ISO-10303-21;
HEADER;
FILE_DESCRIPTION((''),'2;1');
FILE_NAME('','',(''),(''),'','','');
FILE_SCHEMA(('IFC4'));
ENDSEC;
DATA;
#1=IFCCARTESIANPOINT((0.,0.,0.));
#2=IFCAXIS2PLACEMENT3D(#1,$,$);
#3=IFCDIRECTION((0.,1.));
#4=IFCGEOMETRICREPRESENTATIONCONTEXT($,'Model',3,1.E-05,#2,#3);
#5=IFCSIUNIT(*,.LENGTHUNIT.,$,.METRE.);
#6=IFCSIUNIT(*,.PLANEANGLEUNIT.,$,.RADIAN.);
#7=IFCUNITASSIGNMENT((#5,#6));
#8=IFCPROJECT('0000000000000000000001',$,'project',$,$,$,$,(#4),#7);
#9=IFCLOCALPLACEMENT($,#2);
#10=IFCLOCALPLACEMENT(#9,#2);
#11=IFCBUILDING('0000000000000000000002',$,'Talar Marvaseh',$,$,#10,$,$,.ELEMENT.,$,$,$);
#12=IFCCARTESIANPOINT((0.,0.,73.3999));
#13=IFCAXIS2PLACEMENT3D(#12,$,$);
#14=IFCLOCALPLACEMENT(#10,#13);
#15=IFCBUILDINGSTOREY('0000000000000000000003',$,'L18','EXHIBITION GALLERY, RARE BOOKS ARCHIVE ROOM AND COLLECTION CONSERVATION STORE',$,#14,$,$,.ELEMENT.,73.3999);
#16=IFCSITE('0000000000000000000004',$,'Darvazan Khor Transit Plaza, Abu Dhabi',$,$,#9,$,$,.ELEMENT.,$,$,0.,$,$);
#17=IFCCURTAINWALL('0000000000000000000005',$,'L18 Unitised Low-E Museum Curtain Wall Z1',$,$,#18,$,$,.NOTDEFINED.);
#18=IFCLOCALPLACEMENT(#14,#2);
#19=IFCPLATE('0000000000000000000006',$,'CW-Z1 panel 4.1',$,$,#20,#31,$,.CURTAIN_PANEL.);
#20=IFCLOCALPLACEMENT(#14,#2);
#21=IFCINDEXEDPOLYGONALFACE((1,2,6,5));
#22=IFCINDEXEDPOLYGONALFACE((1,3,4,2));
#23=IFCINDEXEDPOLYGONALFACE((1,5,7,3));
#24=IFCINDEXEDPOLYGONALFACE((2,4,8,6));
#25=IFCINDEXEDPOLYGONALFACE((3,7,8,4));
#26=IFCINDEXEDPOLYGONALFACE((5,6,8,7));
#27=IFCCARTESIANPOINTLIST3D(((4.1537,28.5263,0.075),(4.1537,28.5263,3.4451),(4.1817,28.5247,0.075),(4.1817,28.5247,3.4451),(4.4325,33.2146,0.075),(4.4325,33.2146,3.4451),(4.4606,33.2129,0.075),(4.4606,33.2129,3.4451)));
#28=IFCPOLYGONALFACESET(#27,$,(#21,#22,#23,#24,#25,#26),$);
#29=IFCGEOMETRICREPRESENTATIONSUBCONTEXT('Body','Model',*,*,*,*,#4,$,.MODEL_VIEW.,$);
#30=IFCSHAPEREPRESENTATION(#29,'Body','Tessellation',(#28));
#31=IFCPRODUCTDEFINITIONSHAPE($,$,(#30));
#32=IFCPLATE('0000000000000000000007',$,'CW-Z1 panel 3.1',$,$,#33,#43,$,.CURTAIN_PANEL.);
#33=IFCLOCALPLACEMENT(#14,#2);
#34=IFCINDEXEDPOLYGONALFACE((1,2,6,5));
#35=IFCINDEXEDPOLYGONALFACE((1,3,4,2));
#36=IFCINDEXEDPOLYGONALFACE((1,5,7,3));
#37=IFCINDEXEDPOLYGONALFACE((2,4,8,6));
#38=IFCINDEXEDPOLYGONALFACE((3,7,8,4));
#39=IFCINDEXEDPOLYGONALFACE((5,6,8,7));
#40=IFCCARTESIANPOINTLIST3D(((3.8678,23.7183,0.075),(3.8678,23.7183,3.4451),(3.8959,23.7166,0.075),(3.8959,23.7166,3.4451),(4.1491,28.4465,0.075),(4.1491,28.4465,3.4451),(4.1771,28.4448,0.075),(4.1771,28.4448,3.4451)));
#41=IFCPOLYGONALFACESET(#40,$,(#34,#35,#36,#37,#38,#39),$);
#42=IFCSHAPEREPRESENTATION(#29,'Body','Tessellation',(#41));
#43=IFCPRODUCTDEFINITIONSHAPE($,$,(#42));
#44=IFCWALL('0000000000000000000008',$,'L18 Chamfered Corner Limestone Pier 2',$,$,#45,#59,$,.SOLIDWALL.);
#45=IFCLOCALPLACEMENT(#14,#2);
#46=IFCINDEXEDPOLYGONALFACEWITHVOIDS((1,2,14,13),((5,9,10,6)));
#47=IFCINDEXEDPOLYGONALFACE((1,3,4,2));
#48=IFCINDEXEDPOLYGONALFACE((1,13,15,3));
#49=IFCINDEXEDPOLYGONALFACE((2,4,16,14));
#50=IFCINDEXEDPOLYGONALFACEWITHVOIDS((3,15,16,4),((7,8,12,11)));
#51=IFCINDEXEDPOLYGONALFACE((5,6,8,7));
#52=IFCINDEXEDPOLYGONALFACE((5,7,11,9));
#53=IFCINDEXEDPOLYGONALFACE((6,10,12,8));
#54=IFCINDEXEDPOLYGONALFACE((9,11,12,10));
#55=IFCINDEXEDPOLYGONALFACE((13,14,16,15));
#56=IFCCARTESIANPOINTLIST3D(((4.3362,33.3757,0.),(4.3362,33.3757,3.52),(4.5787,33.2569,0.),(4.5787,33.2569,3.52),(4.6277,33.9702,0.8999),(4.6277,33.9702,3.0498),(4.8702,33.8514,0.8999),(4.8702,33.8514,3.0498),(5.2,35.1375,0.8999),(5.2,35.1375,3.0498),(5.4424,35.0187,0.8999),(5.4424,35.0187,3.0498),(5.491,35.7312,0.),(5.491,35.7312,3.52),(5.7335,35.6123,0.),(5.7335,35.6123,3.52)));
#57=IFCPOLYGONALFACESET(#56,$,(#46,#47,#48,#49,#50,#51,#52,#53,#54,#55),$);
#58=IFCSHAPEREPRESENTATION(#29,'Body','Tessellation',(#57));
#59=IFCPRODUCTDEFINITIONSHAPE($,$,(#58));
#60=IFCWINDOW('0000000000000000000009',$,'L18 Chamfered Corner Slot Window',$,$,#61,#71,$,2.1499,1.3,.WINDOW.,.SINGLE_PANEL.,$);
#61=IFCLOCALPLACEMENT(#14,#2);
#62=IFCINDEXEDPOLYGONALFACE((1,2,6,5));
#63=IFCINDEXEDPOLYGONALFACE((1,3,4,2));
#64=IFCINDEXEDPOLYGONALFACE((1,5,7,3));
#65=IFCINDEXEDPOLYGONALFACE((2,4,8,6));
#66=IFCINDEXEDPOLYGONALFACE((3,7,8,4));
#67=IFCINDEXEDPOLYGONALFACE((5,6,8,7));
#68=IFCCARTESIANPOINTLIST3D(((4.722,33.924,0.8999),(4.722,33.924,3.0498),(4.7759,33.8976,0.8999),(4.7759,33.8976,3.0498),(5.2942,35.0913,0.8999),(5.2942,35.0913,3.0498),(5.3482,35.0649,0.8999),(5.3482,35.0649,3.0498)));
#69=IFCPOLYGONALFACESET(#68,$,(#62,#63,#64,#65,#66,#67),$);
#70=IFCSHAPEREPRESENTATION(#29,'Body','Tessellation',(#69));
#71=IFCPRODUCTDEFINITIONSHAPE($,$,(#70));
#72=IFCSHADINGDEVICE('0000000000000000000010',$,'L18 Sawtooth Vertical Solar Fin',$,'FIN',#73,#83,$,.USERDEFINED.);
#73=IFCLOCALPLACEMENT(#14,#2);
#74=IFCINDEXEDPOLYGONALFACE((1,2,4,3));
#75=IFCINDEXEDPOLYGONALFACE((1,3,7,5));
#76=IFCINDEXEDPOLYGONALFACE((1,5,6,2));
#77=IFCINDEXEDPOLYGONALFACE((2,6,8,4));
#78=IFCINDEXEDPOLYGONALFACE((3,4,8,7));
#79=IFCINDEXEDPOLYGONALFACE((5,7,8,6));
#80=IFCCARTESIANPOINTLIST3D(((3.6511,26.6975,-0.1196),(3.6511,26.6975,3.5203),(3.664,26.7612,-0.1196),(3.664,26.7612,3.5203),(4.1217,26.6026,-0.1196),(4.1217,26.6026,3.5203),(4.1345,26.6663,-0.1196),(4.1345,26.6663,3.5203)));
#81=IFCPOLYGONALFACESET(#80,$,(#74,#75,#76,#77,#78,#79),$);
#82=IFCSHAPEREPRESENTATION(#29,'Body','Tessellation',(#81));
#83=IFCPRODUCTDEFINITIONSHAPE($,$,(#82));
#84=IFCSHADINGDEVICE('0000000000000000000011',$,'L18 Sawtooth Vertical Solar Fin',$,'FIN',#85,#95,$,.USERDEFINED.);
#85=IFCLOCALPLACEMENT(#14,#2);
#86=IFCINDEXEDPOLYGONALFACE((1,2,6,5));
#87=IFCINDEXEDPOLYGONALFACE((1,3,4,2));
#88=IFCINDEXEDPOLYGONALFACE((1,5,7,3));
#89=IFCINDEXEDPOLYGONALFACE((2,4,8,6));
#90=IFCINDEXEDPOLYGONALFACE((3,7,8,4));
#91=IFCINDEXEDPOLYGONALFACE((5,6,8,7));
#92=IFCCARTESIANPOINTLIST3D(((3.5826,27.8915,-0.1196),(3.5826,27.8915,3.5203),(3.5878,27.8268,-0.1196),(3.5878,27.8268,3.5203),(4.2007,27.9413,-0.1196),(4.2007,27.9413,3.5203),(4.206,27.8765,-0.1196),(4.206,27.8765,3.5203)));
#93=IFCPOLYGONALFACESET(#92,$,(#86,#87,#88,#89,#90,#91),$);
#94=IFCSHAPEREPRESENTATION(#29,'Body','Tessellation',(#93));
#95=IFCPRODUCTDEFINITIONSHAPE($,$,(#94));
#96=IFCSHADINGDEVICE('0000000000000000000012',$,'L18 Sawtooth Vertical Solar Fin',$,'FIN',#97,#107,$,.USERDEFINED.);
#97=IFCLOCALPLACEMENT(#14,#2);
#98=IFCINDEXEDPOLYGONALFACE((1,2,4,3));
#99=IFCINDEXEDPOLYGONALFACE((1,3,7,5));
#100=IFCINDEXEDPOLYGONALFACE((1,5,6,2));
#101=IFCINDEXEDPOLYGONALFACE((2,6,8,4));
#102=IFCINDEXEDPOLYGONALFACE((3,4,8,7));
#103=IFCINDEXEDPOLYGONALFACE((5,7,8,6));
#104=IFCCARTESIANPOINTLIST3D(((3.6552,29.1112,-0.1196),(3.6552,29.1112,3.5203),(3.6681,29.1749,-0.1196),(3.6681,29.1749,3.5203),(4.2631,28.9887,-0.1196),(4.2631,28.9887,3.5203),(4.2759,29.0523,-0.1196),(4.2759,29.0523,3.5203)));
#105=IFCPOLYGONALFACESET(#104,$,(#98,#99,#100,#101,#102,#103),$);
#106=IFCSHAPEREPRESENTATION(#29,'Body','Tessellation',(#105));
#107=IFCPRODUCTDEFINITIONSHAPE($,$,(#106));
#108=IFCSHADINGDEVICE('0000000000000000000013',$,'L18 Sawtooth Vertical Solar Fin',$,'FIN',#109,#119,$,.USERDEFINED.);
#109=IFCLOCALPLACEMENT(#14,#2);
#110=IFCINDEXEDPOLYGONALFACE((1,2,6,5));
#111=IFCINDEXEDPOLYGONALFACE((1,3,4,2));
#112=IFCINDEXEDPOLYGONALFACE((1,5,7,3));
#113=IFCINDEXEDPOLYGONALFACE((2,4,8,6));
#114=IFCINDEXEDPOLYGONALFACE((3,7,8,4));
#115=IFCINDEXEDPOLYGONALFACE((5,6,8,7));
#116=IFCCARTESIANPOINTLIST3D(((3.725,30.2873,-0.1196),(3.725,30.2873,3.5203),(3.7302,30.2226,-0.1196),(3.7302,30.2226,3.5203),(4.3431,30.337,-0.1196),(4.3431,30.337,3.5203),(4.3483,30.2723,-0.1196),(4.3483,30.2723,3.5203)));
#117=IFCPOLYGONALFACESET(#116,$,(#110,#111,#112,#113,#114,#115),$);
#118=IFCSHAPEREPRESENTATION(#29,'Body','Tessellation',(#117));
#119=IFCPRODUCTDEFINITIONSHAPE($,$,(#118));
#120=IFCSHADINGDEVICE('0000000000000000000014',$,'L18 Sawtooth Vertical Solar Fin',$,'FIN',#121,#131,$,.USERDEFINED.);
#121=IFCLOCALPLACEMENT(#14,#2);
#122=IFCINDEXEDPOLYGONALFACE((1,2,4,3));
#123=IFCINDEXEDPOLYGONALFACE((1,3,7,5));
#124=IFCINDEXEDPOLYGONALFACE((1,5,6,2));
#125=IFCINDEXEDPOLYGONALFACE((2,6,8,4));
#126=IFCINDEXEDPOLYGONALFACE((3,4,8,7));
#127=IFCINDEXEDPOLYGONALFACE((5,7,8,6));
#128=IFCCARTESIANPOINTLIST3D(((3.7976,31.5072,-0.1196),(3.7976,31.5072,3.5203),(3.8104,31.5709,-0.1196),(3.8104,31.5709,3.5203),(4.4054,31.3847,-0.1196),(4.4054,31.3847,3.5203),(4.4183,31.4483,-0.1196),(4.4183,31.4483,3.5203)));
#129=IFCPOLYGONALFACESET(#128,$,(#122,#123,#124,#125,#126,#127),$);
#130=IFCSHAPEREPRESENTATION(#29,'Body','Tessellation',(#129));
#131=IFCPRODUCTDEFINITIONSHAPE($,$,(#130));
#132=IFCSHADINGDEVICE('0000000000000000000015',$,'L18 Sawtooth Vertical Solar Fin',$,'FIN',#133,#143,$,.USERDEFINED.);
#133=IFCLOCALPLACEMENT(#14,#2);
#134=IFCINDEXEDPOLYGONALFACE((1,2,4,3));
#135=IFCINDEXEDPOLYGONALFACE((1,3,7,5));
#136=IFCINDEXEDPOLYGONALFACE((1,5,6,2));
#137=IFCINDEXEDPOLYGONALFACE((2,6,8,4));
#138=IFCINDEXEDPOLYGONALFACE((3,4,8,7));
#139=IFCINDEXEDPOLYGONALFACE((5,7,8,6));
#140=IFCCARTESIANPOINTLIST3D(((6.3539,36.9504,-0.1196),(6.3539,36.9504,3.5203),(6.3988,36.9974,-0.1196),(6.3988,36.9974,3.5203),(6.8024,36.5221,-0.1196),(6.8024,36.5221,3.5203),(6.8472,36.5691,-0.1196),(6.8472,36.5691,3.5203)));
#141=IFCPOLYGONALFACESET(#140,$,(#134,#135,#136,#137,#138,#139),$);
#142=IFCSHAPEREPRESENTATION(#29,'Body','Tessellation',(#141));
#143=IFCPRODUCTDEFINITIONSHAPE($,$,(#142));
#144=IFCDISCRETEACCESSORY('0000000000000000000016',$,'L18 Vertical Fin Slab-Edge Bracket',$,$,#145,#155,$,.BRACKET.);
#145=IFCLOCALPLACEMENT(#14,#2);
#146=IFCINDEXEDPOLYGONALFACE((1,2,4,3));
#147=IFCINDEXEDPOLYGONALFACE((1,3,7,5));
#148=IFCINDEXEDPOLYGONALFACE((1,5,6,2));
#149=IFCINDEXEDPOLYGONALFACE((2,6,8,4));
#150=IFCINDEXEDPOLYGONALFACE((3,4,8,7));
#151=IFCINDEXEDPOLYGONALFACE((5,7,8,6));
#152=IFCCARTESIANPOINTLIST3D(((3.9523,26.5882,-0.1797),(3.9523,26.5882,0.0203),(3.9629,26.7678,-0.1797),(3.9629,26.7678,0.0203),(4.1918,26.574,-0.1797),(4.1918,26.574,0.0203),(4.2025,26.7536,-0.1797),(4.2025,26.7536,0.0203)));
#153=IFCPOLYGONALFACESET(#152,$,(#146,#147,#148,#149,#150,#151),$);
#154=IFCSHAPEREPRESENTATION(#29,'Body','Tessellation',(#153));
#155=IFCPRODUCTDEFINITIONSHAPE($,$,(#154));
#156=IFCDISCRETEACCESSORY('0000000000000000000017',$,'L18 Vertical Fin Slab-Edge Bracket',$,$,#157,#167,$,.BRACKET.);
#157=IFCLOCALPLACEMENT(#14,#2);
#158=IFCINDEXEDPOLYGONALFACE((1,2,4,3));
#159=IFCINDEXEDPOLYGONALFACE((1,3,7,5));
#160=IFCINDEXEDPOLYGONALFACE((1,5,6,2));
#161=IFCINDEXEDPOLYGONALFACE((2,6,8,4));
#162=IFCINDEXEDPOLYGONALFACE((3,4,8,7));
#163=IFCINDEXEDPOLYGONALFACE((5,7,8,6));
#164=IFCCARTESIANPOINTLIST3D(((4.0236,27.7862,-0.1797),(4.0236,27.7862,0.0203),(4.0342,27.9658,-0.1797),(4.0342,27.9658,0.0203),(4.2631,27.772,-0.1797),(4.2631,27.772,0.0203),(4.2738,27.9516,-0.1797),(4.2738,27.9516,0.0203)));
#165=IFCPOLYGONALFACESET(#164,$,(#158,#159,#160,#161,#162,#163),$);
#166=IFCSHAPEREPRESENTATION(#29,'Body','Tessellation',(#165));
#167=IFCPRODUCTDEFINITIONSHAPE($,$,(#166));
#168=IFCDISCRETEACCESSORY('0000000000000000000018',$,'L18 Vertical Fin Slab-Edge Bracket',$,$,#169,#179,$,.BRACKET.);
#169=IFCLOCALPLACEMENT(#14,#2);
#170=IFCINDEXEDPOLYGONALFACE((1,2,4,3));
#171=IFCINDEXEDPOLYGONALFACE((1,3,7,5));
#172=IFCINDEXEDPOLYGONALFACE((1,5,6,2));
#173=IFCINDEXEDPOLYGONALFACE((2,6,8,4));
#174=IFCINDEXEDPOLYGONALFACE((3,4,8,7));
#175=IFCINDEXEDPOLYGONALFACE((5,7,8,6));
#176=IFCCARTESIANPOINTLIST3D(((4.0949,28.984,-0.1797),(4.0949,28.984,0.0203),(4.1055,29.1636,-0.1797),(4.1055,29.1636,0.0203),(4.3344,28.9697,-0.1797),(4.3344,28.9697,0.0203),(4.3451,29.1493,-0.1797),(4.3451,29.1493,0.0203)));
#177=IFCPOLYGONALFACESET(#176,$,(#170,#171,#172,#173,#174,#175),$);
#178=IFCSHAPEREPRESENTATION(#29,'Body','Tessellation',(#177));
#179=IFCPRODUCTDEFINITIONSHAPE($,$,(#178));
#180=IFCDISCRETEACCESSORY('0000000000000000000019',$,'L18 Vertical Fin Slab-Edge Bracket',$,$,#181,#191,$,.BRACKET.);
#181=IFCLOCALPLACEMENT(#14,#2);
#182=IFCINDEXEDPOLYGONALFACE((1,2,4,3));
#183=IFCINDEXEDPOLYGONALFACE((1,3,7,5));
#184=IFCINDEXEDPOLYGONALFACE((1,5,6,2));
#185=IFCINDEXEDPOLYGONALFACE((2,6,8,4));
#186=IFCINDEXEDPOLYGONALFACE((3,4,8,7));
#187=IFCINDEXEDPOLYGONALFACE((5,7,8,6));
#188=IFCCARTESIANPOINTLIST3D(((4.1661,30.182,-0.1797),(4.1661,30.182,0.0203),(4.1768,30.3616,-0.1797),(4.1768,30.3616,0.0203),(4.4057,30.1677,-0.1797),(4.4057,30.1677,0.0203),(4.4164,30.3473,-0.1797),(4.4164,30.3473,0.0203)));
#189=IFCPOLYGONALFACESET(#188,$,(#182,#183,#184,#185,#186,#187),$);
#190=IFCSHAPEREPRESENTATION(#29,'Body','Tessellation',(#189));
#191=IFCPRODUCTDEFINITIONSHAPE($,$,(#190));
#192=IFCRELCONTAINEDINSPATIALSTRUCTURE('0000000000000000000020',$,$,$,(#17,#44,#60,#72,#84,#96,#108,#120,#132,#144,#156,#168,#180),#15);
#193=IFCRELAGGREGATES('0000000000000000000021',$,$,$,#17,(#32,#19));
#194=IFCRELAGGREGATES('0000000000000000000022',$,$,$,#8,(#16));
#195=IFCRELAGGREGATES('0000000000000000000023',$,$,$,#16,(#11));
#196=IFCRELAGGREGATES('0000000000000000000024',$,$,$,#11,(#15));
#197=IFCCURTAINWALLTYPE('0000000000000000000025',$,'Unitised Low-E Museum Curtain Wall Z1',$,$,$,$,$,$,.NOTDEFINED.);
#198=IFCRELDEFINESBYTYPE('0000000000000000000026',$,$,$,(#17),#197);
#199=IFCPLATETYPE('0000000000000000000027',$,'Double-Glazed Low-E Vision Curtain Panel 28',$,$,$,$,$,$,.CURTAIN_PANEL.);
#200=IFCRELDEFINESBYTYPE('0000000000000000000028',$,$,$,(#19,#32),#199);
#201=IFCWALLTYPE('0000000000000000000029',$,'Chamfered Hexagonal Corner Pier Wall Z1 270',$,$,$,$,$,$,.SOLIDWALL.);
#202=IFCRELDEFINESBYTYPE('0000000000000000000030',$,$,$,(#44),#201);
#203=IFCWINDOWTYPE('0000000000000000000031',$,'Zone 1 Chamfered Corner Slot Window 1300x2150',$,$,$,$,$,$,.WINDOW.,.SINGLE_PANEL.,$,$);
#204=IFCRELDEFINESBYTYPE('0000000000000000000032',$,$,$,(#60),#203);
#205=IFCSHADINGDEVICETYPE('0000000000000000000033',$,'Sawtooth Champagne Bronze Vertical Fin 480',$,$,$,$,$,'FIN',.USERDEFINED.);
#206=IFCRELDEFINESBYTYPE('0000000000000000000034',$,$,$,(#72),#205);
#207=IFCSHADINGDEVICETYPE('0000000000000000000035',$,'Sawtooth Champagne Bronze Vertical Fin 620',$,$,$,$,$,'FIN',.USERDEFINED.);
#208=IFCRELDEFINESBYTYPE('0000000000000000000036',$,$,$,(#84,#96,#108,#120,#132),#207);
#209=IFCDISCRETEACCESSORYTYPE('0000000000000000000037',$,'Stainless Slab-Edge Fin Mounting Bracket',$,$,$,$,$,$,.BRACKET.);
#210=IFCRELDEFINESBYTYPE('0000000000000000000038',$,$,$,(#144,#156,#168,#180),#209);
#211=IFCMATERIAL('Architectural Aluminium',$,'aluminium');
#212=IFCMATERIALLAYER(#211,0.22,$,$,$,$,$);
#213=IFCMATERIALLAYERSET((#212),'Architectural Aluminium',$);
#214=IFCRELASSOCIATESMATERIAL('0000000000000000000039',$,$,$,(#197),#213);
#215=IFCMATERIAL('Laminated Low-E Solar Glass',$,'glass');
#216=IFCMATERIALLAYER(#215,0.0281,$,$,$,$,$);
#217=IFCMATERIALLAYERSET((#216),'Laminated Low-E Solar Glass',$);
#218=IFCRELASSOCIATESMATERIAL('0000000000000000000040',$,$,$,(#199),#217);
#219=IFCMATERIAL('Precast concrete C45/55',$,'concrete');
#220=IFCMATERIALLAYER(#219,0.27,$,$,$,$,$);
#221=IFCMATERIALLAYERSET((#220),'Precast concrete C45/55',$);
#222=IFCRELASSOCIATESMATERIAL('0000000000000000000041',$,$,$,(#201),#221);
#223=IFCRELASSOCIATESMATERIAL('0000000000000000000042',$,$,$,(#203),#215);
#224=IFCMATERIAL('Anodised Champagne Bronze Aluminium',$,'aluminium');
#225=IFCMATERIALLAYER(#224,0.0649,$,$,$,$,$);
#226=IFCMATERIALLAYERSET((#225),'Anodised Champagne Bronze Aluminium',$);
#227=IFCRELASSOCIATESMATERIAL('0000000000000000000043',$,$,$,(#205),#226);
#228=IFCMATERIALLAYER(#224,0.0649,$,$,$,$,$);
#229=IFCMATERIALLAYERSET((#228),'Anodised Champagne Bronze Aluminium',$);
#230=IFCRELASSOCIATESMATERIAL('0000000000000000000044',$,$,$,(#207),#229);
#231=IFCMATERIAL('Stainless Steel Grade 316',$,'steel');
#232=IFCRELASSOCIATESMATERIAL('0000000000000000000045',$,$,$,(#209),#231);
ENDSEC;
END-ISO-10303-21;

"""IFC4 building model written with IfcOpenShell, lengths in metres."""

from ifc_helpers import new_model, si_unit, direction, frame, frame_2d, origin, origin_2d, place, context, subcontext, project, spatial, rectangle, extrude, source, transform, mapped, material, layer, layer_set, type_object, type_shapes, element, fill, aggregate, save


model = new_model("IFC4")

# Units and contexts
model_context = context("Model", 3, precision=1e-05, world=origin(), true_north=direction((0.0, 1.0)))
body_context = subcontext(model_context, "Body", "Model", "MODEL_VIEW")
ifc_project = project(units=[si_unit("LENGTHUNIT", "METRE"), si_unit("PLANEANGLEUNIT", "RADIAN")], contexts=[model_context])

# Site, building, storey
site_placement = place(None, origin())
site = spatial("IfcSite", under=ifc_project, at=site_placement, Name="Darvazan Khor Transit Plaza, Abu Dhabi", CompositionType="ELEMENT", RefElevation=0.0)
building_placement = place(site_placement, origin())
building = spatial("IfcBuilding", under=site, at=building_placement, Name="Talar Marvaseh", CompositionType="ELEMENT")
storey_placement = place(building_placement, frame((0.0, 0.0, 73.3999)))
storey = spatial("IfcBuildingStorey", under=building, at=storey_placement, Name="L18", Description="EXHIBITION GALLERY, RARE BOOKS ARCHIVE ROOM AND COLLECTION CONSERVATION STORE", CompositionType="ELEMENT", Elevation=73.3999)

# Curtain wall
ifc_material_1 = material(Name="Architectural Aluminium", Category="aluminium")
ifc_layer_1 = layer(ifc_material_1, 0.22)
ifc_layer_set_1 = layer_set([ifc_layer_1], Name="Architectural Aluminium")
curtain_wall_type = type_object("IfcCurtainWallType", Name="Unitised Low-E Museum Curtain Wall Z1", PredefinedType="NOTDEFINED", material=ifc_layer_set_1)
curtain_wall_1_placement = place(storey_placement, origin())
curtain_wall_1 = element("IfcCurtainWall", 1, at=curtain_wall_1_placement, inside=storey, type_object=curtain_wall_type, Name="L18 Unitised Low-E Museum Curtain Wall Z1", PredefinedType="NOTDEFINED")

# Plates
ifc_material_2 = material(Name="Laminated Low-E Solar Glass", Category="glass")
ifc_layer_2 = layer(ifc_material_2, 0.0281)
ifc_layer_set_2 = layer_set([ifc_layer_2], Name="Laminated Low-E Solar Glass")
plate_type = type_object("IfcPlateType", Name="Double-Glazed Low-E Vision Curtain Panel 28", PredefinedType="CURTAIN_PANEL", material=ifc_layer_set_2)
shared_shape_1 = source(origin(), body_context, "Body", "SweptSolid", [
    extrude(rectangle(XDim=4.6965, YDim=0.0281, at=origin_2d()), origin(), (0.0, 0.0, 1.0), 3.3701),
])
plate_1_placement = place(storey_placement, frame((4.3071, 30.8696, 0.075), z_axis=(0.0, 0.0, 1.0), x_axis=(0.059373, 0.998236, 0.0)))
plate_1 = element("IfcPlate", 2, at=plate_1_placement, type_object=plate_type, Name="CW-Z1 panel 4.1", PredefinedType="CURTAIN_PANEL", context=body_context, shape_type="MappedRepresentation", body=[
    mapped(shared_shape_1, transform((0.0, 0.0, 0.0), x_axis=(1.0, 0.0, 0.0), y_axis=(0.0, 1.0, 0.0), z_axis=(0.0, 0.0, 1.0), scale=1.0)),
])
shared_shape_2 = source(origin(), body_context, "Body", "SweptSolid", [
    extrude(rectangle(XDim=4.7366, YDim=0.0281, at=origin_2d()), origin(), (0.0, 0.0, 1.0), 3.3701),
])
type_shapes(plate_type, [shared_shape_1, shared_shape_2])
plate_2_placement = place(storey_placement, frame((4.0225, 26.0815, 0.075), z_axis=(0.0, 0.0, 1.0), x_axis=(0.059373, 0.998236, 0.0)))
plate_2 = element("IfcPlate", 3, at=plate_2_placement, type_object=plate_type, Name="CW-Z1 panel 3.1", PredefinedType="CURTAIN_PANEL", context=body_context, shape_type="MappedRepresentation", body=[
    mapped(shared_shape_2, transform((0.0, 0.0, 0.0), x_axis=(1.0, 0.0, 0.0), y_axis=(0.0, 1.0, 0.0), z_axis=(0.0, 0.0, 1.0), scale=1.0)),
])
aggregate(curtain_wall_1, [plate_2, plate_1])

# Wall, opening, window
ifc_material_3 = material(Name="Precast concrete C45/55", Category="concrete")
ifc_layer_3 = layer(ifc_material_3, 0.27)
ifc_layer_set_3 = layer_set([ifc_layer_3], Name="Precast concrete C45/55")
wall_type = type_object("IfcWallType", Name="Chamfered Hexagonal Corner Pier Wall Z1 270", PredefinedType="SOLIDWALL", material=ifc_layer_set_3)
wall_placement = place(storey_placement, frame((4.4575, 33.3164, 0.0), z_axis=(0.0, 0.0, 1.0), x_axis=(0.440201, 0.897899, 0.0)))
wall = element("IfcWall", 4, at=wall_placement, inside=storey, type_object=wall_type, Name="L18 Chamfered Corner Limestone Pier 2", PredefinedType="SOLIDWALL", context=body_context, shape_type="SweptSolid", body=[
    extrude(rectangle(XDim=2.6233, YDim=0.27, at=frame_2d((1.3115, 0.0))), origin(), (0.0, 0.0, 1.0), 3.52),
])
opening_placement = place(wall_placement, frame((0.6621, 0.0, 0.8999)))
opening = element("IfcOpeningElement", 5, at=opening_placement, cuts=wall, PredefinedType="OPENING", context=body_context, shape_type="SweptSolid", body=[
    extrude(rectangle(XDim=1.3, YDim=2.1499, at=frame_2d((0.6499, 1.075))), frame((0.0, 0.145, 0.0), z_axis=(0.0, -1.0, 0.0), x_axis=(1.0, 0.0, 0.0)), (0.0, 0.0, 1.0), 0.29),
])
window_type = type_object("IfcWindowType", Name="Zone 1 Chamfered Corner Slot Window 1300x2150", PartitioningType="SINGLE_PANEL", PredefinedType="WINDOW", material=ifc_material_2)
shared_shape_3 = source(origin(), body_context, "Body", "SweptSolid", [
    extrude(rectangle(XDim=1.3, YDim=2.1499, at=frame_2d((0.6499, 1.075))), frame((0.0, 0.03, 0.0), z_axis=(0.0, -1.0, 0.0), x_axis=(1.0, 0.0, 0.0)), (0.0, 0.0, 1.0), 0.0601),
])
type_shapes(window_type, [shared_shape_3])
window_placement = place(opening_placement, origin())
window = element("IfcWindow", 6, at=window_placement, inside=storey, type_object=window_type, Name="L18 Chamfered Corner Slot Window", OverallHeight=2.1499, OverallWidth=1.3, PartitioningType="SINGLE_PANEL", PredefinedType="WINDOW", context=body_context, shape_type="MappedRepresentation", body=[
    mapped(shared_shape_3, transform((0.0, 0.0, 0.0), x_axis=(1.0, 0.0, 0.0), y_axis=(0.0, 1.0, 0.0), z_axis=(0.0, 0.0, 1.0), scale=1.0)),
])
fill(opening, window)

# Shading devices
ifc_material_4 = material(Name="Anodised Champagne Bronze Aluminium", Category="aluminium")
ifc_layer_4 = layer(ifc_material_4, 0.0649)
ifc_layer_set_4 = layer_set([ifc_layer_4], Name="Anodised Champagne Bronze Aluminium")
shading_device_type_1 = type_object("IfcShadingDeviceType", Name="Sawtooth Champagne Bronze Vertical Fin 480", ElementType="FIN", PredefinedType="USERDEFINED", material=ifc_layer_set_4)
shared_shape_4 = source(origin(), body_context, "Body", "SweptSolid", [
    extrude(rectangle(XDim=0.48, YDim=0.0649, at=origin_2d()), origin(), (0.0, 0.0, 1.0), 3.6399),
])
type_shapes(shading_device_type_1, [shared_shape_4])
shading_device_placement = place(storey_placement, frame((3.8928, 26.6819, -0.1196), z_axis=(0.0, 0.0, 1.0), x_axis=(-0.980271, 0.197657, 0.0)))
element("IfcShadingDevice", 7, at=shading_device_placement, inside=storey, type_object=shading_device_type_1, Name="L18 Sawtooth Vertical Solar Fin", ObjectType="FIN", PredefinedType="USERDEFINED", context=body_context, shape_type="MappedRepresentation", body=[
    mapped(shared_shape_4, transform((0.0, 0.0, 0.0), x_axis=(1.0, 0.0, 0.0), y_axis=(0.0, 1.0, 0.0), z_axis=(0.0, 0.0, 1.0), scale=1.0)),
])
ifc_layer_5 = layer(ifc_material_4, 0.0649)
ifc_layer_set_5 = layer_set([ifc_layer_5], Name="Anodised Champagne Bronze Aluminium")
shading_device_type_2 = type_object("IfcShadingDeviceType", Name="Sawtooth Champagne Bronze Vertical Fin 620", ElementType="FIN", PredefinedType="USERDEFINED", material=ifc_layer_set_5)
shared_shape_5 = source(origin(), body_context, "Body", "SweptSolid", [
    extrude(rectangle(XDim=0.6201, YDim=0.0649, at=origin_2d()), origin(), (0.0, 0.0, 1.0), 3.6399),
])
type_shapes(shading_device_type_2, [shared_shape_5])
for number, where, z_axis, x_axis, name in (
    (8, (3.8943, 27.884, -0.1196), (0.0, 0.0, 1.0), (-0.996779, -0.080199, 0.0), "L18 Sawtooth Vertical Solar Fin"),
    (9, (3.9656, 29.0818, -0.1196), (0.0, 0.0, 1.0), (-0.980271, 0.197657, 0.0), "L18 Sawtooth Vertical Solar Fin"),
    (10, (4.0366, 30.2798, -0.1196), (0.0, 0.0, 1.0), (-0.996779, -0.080199, 0.0), "L18 Sawtooth Vertical Solar Fin"),
    (11, (4.1079, 31.4778, -0.1196), (0.0, 0.0, 1.0), (-0.980271, 0.197657, 0.0), "L18 Sawtooth Vertical Solar Fin"),
    (12, (6.6006, 36.7598, -0.1196), (0.0, 0.0, 1.0), (-0.723208, 0.69063, 0.0), "L18 Sawtooth Vertical Solar Fin"),
):
    element("IfcShadingDevice", number, at=place(storey_placement, frame(where, z_axis=z_axis, x_axis=x_axis)), inside=storey, type_object=shading_device_type_2, Name=name, ObjectType="FIN", PredefinedType="USERDEFINED", context=body_context, shape_type="MappedRepresentation", body=[
        mapped(shared_shape_5, transform((0.0, 0.0, 0.0), x_axis=(1.0, 0.0, 0.0), y_axis=(0.0, 1.0, 0.0), z_axis=(0.0, 0.0, 1.0), scale=1.0)),
    ])

# Discrete accessories
ifc_material_5 = material(Name="Stainless Steel Grade 316", Category="steel")
discrete_accessory_type = type_object("IfcDiscreteAccessoryType", Name="Stainless Slab-Edge Fin Mounting Bracket", PredefinedType="BRACKET", material=ifc_material_5)
shared_shape_6 = source(origin(), body_context, "Body", "SweptSolid", [
    extrude(rectangle(XDim=0.24, YDim=0.1799, at=origin_2d()), origin(), (0.0, 0.0, 1.0), 0.2),
])
type_shapes(discrete_accessory_type, [shared_shape_6])
for number, where, z_axis, x_axis, name in (
    (13, (4.0774, 26.6709, -0.1797), (0.0, 0.0, 1.0), (-0.99824, 0.059306, 0.0), "L18 Vertical Fin Slab-Edge Bracket"),
    (14, (4.1487, 27.8689, -0.1797), (0.0, 0.0, 1.0), (-0.99824, 0.059306, 0.0), "L18 Vertical Fin Slab-Edge Bracket"),
    (15, (4.22, 29.0667, -0.1797), (0.0, 0.0, 1.0), (-0.99824, 0.059306, 0.0), "L18 Vertical Fin Slab-Edge Bracket"),
    (16, (4.2913, 30.2646, -0.1797), (0.0, 0.0, 1.0), (-0.99824, 0.059306, 0.0), "L18 Vertical Fin Slab-Edge Bracket"),
):
    element("IfcDiscreteAccessory", number, at=place(storey_placement, frame(where, z_axis=z_axis, x_axis=x_axis)), inside=storey, type_object=discrete_accessory_type, Name=name, PredefinedType="BRACKET", context=body_context, shape_type="MappedRepresentation", body=[
        mapped(shared_shape_6, transform((0.0, 0.0, 0.0), x_axis=(1.0, 0.0, 0.0), y_axis=(0.0, 1.0, 0.0), z_axis=(0.0, 0.0, 1.0), scale=1.0)),
    ])

save(model, "model.ifc")
